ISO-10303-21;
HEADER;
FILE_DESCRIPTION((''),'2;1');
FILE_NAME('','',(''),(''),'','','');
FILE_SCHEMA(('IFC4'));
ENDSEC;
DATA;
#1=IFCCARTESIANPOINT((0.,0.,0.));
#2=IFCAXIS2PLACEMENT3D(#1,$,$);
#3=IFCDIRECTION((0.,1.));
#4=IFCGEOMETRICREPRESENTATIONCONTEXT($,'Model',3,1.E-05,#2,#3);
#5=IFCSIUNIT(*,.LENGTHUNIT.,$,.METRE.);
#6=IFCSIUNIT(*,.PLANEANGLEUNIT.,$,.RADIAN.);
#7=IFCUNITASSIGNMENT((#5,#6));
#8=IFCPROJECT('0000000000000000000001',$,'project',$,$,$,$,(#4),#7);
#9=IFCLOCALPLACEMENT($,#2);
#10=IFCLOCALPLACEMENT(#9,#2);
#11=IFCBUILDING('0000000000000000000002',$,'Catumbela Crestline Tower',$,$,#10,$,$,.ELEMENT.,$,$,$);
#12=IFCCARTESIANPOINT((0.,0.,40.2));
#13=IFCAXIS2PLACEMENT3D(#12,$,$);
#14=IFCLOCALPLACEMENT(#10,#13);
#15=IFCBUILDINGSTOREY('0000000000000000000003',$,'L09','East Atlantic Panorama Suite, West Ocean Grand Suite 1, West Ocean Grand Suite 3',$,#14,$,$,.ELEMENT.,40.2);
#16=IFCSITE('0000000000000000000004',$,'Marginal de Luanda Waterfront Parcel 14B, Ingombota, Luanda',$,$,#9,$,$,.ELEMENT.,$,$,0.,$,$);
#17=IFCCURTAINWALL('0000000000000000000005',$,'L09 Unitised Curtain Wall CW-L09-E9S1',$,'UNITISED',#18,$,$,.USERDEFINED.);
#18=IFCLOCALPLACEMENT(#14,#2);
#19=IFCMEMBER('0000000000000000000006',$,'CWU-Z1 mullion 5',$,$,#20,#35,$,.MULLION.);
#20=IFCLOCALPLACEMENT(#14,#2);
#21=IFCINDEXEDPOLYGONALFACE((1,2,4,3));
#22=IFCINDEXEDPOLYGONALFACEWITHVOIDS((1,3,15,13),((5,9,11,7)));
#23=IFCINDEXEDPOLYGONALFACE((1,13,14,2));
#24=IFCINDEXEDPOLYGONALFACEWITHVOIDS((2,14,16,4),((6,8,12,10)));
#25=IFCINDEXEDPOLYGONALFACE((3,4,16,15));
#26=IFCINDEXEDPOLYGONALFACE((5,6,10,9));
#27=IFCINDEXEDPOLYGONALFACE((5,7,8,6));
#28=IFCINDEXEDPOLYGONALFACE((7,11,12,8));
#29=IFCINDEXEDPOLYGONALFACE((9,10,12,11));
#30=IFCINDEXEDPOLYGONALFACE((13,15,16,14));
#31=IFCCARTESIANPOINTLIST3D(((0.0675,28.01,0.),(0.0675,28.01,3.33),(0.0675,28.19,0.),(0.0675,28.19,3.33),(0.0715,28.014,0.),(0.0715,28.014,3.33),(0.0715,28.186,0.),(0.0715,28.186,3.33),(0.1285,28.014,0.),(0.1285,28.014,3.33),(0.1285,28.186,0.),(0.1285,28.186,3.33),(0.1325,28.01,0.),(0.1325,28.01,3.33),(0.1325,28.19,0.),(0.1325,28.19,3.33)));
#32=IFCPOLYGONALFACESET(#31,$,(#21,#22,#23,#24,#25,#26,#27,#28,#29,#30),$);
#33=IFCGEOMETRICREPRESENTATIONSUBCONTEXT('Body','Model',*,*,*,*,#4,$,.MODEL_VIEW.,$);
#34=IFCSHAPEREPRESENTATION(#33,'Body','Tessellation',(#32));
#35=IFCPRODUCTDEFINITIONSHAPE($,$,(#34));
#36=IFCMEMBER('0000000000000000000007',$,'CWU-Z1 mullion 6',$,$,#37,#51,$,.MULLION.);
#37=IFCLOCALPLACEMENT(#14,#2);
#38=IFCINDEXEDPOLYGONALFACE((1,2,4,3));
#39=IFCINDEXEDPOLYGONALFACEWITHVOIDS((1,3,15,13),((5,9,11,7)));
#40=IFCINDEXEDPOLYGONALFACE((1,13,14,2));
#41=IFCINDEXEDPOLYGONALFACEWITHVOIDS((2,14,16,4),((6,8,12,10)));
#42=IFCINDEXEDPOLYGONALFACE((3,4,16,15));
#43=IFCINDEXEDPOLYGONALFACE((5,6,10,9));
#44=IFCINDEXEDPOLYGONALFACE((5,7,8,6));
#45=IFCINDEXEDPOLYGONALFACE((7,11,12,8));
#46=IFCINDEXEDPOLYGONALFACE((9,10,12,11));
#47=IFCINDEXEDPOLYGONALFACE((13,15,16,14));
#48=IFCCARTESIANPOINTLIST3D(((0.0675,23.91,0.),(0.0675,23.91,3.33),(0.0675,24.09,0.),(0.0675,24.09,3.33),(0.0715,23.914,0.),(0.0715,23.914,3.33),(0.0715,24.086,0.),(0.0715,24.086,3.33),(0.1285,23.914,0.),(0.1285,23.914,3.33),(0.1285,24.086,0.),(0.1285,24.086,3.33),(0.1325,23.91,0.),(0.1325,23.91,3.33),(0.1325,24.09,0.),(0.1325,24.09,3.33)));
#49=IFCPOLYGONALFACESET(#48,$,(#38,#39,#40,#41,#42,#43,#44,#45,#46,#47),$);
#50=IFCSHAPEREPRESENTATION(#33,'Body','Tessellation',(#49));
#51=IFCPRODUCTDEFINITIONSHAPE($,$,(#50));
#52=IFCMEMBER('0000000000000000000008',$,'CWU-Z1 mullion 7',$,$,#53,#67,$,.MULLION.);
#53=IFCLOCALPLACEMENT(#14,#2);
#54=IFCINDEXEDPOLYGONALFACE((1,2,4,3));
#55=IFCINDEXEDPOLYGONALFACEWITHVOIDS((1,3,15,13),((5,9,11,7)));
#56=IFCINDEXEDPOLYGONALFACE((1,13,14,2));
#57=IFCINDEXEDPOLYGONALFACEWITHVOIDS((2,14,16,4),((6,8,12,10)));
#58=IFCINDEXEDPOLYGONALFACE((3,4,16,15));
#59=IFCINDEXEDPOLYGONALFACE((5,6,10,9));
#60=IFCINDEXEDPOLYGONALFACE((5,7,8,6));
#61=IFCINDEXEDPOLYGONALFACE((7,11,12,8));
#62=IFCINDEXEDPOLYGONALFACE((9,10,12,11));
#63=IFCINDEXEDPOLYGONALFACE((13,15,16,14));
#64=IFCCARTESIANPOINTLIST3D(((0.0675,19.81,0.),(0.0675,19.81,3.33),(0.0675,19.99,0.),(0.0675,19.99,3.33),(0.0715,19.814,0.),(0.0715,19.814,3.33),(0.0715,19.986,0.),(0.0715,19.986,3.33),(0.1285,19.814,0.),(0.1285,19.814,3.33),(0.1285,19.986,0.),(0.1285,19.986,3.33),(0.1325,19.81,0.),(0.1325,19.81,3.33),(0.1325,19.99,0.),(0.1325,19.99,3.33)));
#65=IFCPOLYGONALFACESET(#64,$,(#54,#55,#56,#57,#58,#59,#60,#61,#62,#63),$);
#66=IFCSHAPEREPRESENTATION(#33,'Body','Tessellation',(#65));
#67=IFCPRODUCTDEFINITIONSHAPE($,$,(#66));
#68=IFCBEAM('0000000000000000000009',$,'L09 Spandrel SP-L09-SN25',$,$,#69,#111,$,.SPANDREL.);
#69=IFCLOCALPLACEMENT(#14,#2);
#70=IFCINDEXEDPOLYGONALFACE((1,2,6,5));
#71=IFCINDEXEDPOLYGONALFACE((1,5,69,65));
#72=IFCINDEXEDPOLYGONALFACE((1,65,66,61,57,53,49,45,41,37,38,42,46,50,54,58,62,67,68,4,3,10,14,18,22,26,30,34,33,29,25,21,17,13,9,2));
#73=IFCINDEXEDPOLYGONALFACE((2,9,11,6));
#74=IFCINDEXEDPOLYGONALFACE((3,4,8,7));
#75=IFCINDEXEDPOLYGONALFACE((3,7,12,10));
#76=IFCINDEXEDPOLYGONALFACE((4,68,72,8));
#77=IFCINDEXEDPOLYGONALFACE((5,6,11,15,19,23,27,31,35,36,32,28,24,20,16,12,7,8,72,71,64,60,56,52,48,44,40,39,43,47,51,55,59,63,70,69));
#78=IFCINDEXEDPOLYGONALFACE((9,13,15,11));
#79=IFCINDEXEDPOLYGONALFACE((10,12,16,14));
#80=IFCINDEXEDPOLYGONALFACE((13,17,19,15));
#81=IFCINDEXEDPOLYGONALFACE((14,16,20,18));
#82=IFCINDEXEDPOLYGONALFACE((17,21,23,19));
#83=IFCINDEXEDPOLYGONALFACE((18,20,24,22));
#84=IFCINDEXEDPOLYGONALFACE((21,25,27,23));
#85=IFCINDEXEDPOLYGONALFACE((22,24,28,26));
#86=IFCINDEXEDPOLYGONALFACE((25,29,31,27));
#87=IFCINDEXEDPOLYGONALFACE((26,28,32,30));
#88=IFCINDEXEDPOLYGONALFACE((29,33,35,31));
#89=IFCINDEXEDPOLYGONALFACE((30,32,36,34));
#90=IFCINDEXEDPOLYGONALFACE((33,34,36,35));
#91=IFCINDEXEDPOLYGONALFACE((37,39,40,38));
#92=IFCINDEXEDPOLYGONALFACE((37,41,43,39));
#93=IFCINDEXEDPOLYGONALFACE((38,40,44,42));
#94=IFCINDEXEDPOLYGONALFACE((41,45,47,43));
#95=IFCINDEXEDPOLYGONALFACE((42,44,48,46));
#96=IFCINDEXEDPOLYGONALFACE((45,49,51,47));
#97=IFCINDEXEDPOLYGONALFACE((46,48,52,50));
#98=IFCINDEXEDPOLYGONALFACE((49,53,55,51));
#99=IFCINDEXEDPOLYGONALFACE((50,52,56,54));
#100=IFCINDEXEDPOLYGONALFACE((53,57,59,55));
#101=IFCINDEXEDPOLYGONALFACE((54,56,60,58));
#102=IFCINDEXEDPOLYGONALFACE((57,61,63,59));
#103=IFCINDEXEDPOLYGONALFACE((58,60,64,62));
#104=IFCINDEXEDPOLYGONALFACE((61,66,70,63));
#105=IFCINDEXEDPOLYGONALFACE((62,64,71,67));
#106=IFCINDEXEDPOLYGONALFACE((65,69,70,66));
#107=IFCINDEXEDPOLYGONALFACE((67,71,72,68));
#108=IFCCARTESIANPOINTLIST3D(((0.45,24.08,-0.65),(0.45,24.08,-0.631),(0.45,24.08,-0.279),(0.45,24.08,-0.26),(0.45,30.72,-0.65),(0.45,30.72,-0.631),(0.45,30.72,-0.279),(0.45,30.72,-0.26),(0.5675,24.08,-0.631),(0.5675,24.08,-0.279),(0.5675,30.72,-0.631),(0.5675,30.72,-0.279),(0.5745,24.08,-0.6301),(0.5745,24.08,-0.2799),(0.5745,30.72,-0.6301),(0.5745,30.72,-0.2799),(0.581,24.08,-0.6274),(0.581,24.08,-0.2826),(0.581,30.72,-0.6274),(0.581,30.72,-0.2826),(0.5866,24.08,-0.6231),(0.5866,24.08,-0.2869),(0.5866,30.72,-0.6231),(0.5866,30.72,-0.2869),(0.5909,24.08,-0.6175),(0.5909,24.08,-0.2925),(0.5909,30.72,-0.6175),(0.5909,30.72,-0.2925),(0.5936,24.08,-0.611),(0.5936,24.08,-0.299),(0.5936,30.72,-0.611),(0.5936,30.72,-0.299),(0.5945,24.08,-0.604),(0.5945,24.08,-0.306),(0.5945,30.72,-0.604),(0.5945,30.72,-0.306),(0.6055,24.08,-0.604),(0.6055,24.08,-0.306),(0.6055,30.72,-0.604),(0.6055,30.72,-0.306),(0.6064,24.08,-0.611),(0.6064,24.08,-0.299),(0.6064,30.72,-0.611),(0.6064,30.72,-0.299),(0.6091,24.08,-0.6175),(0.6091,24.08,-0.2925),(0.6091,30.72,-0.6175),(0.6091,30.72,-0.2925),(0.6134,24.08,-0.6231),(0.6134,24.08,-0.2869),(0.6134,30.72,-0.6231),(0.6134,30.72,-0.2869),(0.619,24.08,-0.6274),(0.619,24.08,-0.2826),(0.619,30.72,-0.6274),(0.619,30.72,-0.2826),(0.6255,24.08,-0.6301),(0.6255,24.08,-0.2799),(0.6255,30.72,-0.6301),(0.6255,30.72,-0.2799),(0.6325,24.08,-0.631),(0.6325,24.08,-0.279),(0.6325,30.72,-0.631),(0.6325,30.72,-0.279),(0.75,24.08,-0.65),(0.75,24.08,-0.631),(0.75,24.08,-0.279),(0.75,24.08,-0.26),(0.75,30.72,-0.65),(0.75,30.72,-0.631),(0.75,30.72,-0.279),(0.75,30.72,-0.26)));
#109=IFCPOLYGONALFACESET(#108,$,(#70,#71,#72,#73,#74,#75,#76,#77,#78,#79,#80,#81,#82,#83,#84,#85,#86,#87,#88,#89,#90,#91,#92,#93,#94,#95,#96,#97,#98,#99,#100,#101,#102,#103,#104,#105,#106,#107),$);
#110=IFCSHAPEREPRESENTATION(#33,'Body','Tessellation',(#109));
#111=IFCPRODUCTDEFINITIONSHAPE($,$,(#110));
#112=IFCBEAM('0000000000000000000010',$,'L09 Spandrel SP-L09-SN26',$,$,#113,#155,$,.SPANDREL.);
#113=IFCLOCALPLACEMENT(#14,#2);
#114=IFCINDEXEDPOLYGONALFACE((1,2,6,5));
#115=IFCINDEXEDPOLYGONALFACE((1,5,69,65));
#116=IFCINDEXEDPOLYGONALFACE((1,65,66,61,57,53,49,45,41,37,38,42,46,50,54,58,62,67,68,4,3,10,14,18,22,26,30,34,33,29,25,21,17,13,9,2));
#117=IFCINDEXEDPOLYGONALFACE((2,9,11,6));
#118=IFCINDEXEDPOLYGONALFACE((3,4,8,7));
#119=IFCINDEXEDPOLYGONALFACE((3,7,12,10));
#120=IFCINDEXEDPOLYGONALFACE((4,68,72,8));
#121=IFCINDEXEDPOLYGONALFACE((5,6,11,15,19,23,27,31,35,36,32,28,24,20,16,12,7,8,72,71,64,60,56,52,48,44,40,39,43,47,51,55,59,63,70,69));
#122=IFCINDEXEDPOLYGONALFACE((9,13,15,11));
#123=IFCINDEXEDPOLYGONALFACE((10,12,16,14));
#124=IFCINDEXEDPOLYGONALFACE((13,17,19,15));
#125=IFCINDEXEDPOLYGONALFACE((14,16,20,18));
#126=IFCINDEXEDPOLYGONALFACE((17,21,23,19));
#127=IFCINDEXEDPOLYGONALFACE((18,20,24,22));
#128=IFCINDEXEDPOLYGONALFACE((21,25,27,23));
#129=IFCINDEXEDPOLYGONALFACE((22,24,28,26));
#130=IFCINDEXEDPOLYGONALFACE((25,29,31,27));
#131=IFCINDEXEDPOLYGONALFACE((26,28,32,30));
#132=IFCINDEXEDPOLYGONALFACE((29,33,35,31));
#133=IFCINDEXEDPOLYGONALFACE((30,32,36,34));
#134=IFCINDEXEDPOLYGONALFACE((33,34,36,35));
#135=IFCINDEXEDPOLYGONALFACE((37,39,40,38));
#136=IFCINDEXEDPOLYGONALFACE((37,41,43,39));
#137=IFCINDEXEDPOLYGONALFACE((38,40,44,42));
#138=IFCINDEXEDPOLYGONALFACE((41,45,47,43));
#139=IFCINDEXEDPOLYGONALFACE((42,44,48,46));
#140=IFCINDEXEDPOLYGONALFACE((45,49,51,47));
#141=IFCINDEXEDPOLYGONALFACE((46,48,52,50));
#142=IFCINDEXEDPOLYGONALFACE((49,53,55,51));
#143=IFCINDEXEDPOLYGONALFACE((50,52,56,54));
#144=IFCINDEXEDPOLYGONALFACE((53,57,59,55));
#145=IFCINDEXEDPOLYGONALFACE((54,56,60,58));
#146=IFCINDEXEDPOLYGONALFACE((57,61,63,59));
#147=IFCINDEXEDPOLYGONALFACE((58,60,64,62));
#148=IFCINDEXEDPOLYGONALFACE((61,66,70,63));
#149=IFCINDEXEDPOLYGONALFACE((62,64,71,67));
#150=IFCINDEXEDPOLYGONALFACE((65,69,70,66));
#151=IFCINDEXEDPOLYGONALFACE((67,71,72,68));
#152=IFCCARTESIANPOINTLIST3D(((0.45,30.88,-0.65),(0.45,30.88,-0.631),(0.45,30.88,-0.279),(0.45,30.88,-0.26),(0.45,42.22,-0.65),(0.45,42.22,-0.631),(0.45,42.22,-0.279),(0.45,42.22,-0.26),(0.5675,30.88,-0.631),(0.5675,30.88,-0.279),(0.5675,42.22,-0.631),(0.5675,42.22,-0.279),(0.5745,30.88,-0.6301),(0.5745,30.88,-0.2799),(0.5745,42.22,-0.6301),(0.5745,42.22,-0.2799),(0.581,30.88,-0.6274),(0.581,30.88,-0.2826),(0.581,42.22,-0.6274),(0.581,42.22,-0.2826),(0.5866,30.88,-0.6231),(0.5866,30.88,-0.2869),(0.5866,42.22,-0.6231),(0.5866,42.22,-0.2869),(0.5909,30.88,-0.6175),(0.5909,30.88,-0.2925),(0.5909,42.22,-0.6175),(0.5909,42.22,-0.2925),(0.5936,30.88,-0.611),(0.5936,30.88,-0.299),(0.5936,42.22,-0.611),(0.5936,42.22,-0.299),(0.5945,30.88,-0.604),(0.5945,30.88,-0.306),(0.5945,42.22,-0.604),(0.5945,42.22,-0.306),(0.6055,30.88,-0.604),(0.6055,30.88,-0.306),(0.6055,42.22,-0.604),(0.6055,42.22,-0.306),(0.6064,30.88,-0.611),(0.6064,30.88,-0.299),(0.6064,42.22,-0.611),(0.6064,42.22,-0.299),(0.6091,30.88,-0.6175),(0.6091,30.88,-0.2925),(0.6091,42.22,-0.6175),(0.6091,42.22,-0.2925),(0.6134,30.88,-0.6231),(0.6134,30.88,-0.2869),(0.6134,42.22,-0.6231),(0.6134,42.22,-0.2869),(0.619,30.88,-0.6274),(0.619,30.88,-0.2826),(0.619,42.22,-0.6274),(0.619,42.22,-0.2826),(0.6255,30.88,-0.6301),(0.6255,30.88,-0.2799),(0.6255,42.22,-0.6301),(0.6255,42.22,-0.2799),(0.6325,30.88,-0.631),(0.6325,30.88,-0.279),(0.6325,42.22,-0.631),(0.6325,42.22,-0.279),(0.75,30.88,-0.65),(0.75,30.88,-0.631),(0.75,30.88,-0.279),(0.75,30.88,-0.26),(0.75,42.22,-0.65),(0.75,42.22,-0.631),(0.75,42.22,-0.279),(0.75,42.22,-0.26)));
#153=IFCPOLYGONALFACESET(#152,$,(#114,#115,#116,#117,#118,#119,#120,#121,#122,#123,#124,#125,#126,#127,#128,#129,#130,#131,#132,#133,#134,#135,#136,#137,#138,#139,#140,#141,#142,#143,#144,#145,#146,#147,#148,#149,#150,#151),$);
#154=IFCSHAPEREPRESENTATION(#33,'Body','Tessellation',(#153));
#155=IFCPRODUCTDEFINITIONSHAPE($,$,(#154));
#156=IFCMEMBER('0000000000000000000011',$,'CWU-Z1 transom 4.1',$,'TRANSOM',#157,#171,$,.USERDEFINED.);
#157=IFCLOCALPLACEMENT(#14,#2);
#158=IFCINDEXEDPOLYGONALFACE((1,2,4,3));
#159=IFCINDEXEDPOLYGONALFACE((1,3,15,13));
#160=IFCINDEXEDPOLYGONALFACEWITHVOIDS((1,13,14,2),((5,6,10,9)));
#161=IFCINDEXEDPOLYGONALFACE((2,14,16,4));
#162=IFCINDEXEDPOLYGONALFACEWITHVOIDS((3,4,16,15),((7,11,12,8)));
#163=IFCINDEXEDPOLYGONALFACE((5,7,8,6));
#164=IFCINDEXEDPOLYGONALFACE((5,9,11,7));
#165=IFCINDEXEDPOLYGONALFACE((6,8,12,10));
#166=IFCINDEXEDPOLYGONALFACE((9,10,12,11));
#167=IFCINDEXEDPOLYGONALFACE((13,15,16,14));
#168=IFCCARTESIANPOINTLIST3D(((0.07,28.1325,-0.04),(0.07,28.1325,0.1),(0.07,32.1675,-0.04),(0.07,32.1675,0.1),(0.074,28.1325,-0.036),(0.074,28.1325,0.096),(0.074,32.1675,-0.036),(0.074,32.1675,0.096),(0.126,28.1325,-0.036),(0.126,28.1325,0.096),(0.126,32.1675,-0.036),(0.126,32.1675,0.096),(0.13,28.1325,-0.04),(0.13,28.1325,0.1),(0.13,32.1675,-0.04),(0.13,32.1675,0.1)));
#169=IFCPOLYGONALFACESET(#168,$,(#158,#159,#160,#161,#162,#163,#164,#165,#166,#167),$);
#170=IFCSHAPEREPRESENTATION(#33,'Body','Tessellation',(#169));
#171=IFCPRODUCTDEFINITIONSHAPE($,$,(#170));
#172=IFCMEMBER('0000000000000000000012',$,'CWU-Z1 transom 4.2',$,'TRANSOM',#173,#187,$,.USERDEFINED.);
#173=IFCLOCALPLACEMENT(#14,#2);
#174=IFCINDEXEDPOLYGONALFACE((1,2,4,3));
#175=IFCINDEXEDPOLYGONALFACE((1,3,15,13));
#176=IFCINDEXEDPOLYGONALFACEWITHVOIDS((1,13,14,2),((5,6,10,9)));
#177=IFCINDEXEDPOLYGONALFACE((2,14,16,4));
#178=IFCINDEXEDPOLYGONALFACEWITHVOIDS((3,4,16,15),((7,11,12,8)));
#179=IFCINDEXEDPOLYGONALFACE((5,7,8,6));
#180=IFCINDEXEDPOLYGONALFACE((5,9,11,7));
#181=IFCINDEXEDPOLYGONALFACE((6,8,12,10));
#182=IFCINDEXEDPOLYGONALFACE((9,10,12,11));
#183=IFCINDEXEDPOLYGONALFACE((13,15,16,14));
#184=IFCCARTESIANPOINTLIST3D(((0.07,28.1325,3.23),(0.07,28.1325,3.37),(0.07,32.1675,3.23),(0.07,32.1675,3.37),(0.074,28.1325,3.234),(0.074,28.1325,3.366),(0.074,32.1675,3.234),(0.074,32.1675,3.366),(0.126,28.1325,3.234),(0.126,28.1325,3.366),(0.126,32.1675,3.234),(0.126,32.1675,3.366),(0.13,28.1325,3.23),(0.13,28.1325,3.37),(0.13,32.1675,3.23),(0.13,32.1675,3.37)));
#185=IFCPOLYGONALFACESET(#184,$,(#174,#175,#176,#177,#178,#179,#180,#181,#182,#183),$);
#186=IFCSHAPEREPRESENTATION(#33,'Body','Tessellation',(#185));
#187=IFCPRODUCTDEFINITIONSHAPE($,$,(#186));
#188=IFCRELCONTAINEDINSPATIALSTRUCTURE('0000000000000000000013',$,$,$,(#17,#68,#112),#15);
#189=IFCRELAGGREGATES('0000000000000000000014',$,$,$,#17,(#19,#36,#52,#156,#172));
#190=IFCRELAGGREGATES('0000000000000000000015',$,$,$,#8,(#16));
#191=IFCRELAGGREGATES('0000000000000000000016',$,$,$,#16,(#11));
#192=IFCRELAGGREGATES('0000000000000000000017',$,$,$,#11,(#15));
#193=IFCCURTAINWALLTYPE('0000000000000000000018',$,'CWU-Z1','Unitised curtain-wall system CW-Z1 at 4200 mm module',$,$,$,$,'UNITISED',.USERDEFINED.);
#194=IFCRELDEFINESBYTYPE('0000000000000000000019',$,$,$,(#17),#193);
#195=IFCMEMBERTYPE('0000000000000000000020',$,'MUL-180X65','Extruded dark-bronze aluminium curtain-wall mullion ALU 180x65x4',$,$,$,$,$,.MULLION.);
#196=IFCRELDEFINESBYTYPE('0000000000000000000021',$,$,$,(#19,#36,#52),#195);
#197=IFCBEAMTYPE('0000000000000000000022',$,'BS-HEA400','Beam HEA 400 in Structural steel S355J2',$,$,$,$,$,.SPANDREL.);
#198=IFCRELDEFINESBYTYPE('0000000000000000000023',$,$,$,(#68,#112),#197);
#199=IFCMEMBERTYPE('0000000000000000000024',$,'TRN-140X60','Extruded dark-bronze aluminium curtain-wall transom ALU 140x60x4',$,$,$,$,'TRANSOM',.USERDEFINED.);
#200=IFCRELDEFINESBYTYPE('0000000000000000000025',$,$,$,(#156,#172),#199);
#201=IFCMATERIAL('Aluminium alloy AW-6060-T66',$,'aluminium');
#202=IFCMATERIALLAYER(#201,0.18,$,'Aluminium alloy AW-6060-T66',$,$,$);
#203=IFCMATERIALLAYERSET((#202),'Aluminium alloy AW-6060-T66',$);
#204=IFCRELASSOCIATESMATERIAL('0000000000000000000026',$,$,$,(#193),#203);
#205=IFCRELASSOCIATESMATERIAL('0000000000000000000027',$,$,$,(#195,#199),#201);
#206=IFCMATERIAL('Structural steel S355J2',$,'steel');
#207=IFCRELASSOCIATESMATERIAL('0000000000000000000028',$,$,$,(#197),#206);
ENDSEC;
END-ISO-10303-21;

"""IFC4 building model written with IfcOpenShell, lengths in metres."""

from ifc_helpers import new_model, si_unit, direction, frame, origin, origin_2d, place, context, subcontext, project, spatial, hollow_rectangle, i_section, extrude, material, layer, layer_set, material_profile, profile_set, type_object, element, aggregate, save


model = new_model("IFC4")

# Units and contexts
model_context = context("Model", 3, precision=1e-05, world=origin(), true_north=direction((0.0, 1.0)))
body_context = subcontext(model_context, "Body", "Model", "MODEL_VIEW")
ifc_project = project(units=[si_unit("LENGTHUNIT", "METRE"), si_unit("PLANEANGLEUNIT", "RADIAN")], contexts=[model_context])

# Site, building, storey
site_placement = place(None, origin())
site = spatial("IfcSite", under=ifc_project, at=site_placement, Name="Marginal de Luanda Waterfront Parcel 14B, Ingombota, Luanda", CompositionType="ELEMENT", RefElevation=0.0)
building_placement = place(site_placement, origin())
building = spatial("IfcBuilding", under=site, at=building_placement, Name="Catumbela Crestline Tower", CompositionType="ELEMENT")
storey_placement = place(building_placement, frame((0.0, 0.0, 40.2)))
storey = spatial("IfcBuildingStorey", under=building, at=storey_placement, Name="L09", Description="East Atlantic Panorama Suite, West Ocean Grand Suite 1, West Ocean Grand Suite 3", CompositionType="ELEMENT", Elevation=40.2)

# Shared definitions
ifc_material_1 = material(Name="Structural steel S355J2", Category="steel")

# Curtain wall, members
ifc_material_2 = material(Name="Aluminium alloy AW-6060-T66", Category="aluminium")
ifc_layer_1 = layer(ifc_material_2, 0.18, Name="Aluminium alloy AW-6060-T66")
ifc_layer_set_1 = layer_set([ifc_layer_1], Name="Aluminium alloy AW-6060-T66")
curtain_wall_type = type_object("IfcCurtainWallType", Name="CWU-Z1", Description="Unitised curtain-wall system CW-Z1 at 4200 mm module", ElementType="UNITISED", PredefinedType="USERDEFINED", material=ifc_layer_set_1)
curtain_wall_placement = place(storey_placement, origin())
curtain_wall = element("IfcCurtainWall", 1, at=curtain_wall_placement, inside=storey, type_object=curtain_wall_type, Name="L09 Unitised Curtain Wall CW-L09-E9S1", ObjectType="UNITISED", PredefinedType="USERDEFINED")
ifc_material_profile_1 = material_profile(ifc_material_2, hollow_rectangle(XDim=0.065, YDim=0.18, WallThickness=0.004, at=origin_2d()), Name="ALU 180x65x4")
ifc_profile_set_1 = profile_set([ifc_material_profile_1], Name="Aluminium alloy AW-6060-T66")
member_type_1 = type_object("IfcMemberType", Name="MUL-180X65", Description="Extruded dark-bronze aluminium curtain-wall mullion ALU 180x65x4", PredefinedType="MULLION", material=ifc_profile_set_1)
member_1_placement = place(storey_placement, frame((0.1, 28.1, 0.0), z_axis=(0.0, 0.0, 1.0), x_axis=(1.0, 0.0, 0.0)))
member_1 = element("IfcMember", 2, at=member_1_placement, type_object=member_type_1, Name="CWU-Z1 mullion 5", PredefinedType="MULLION", context=body_context, shape_type="SweptSolid", body=[
    extrude(hollow_rectangle(XDim=0.065, YDim=0.18, WallThickness=0.004, at=origin_2d()), origin(), (0.0, 0.0, 1.0), 3.33),
])
member_2_placement = place(storey_placement, frame((0.1, 24.0, 0.0), z_axis=(0.0, 0.0, 1.0), x_axis=(1.0, 0.0, 0.0)))
member_2 = element("IfcMember", 3, at=member_2_placement, type_object=member_type_1, Name="CWU-Z1 mullion 6", PredefinedType="MULLION", context=body_context, shape_type="SweptSolid", body=[
    extrude(hollow_rectangle(XDim=0.065, YDim=0.18, WallThickness=0.004, at=origin_2d()), origin(), (0.0, 0.0, 1.0), 3.33),
])
member_3_placement = place(storey_placement, frame((0.1, 19.9, 0.0), z_axis=(0.0, 0.0, 1.0), x_axis=(1.0, 0.0, 0.0)))
member_3 = element("IfcMember", 4, at=member_3_placement, type_object=member_type_1, Name="CWU-Z1 mullion 7", PredefinedType="MULLION", context=body_context, shape_type="SweptSolid", body=[
    extrude(hollow_rectangle(XDim=0.065, YDim=0.18, WallThickness=0.004, at=origin_2d()), origin(), (0.0, 0.0, 1.0), 3.33),
])

# Beams
ifc_material_profile_2 = material_profile(ifc_material_1, i_section(OverallWidth=0.3, OverallDepth=0.39, WebThickness=0.011, FlangeThickness=0.019, FilletRadius=0.027, at=origin_2d()), Name="HEA 400")
ifc_profile_set_2 = profile_set([ifc_material_profile_2], Name="Structural steel S355J2")
beam_type_1 = type_object("IfcBeamType", Name="BS-HEA400", Description="Beam HEA 400 in Structural steel S355J2", PredefinedType="SPANDREL", material=ifc_profile_set_2)
beam_1_placement = place(storey_placement, frame((0.6, 24.08, -0.455), z_axis=(0.0, 1.0, 0.0), x_axis=(-1.0, 0.0, 0.0)))
element("IfcBeam", 5, at=beam_1_placement, inside=storey, type_object=beam_type_1, Name="L09 Spandrel SP-L09-SN25", PredefinedType="SPANDREL", context=body_context, shape_type="SweptSolid", body=[
    extrude(i_section(OverallWidth=0.3, OverallDepth=0.39, WebThickness=0.011, FlangeThickness=0.019, FilletRadius=0.027, at=origin_2d()), origin(), (0.0, 0.0, 1.0), 6.64),
])
beam_2_placement = place(storey_placement, frame((0.6, 30.88, -0.455), z_axis=(0.0, 1.0, 0.0), x_axis=(-1.0, 0.0, 0.0)))
element("IfcBeam", 6, at=beam_2_placement, inside=storey, type_object=beam_type_1, Name="L09 Spandrel SP-L09-SN26", PredefinedType="SPANDREL", context=body_context, shape_type="SweptSolid", body=[
    extrude(i_section(OverallWidth=0.3, OverallDepth=0.39, WebThickness=0.011, FlangeThickness=0.019, FilletRadius=0.027, at=origin_2d()), origin(), (0.0, 0.0, 1.0), 11.34),
])

# Members
ifc_material_profile_3 = material_profile(ifc_material_2, hollow_rectangle(XDim=0.06, YDim=0.14, WallThickness=0.004, at=origin_2d()), Name="ALU 140x60x4")
ifc_profile_set_3 = profile_set([ifc_material_profile_3], Name="Aluminium alloy AW-6060-T66")
member_type_2 = type_object("IfcMemberType", Name="TRN-140X60", Description="Extruded dark-bronze aluminium curtain-wall transom ALU 140x60x4", ElementType="TRANSOM", PredefinedType="USERDEFINED", material=ifc_profile_set_3)
member_4_placement = place(storey_placement, frame((0.1, 32.1675, 0.03), z_axis=(0.0, -1.0, 0.0), x_axis=(1.0, 0.0, 0.0)))
member_4 = element("IfcMember", 7, at=member_4_placement, type_object=member_type_2, Name="CWU-Z1 transom 4.1", ObjectType="TRANSOM", PredefinedType="USERDEFINED", context=body_context, shape_type="SweptSolid", body=[
    extrude(hollow_rectangle(XDim=0.06, YDim=0.14, WallThickness=0.004, at=origin_2d()), origin(), (0.0, 0.0, 1.0), 4.035),
])
member_5_placement = place(storey_placement, frame((0.1, 32.1675, 3.3), z_axis=(0.0, -1.0, 0.0), x_axis=(1.0, 0.0, 0.0)))
member_5 = element("IfcMember", 8, at=member_5_placement, type_object=member_type_2, Name="CWU-Z1 transom 4.2", ObjectType="TRANSOM", PredefinedType="USERDEFINED", context=body_context, shape_type="SweptSolid", body=[
    extrude(hollow_rectangle(XDim=0.06, YDim=0.14, WallThickness=0.004, at=origin_2d()), origin(), (0.0, 0.0, 1.0), 4.035),
])

aggregate(curtain_wall, [member_1, member_2, member_3, member_4, member_5])

save(model, "model.ifc")
